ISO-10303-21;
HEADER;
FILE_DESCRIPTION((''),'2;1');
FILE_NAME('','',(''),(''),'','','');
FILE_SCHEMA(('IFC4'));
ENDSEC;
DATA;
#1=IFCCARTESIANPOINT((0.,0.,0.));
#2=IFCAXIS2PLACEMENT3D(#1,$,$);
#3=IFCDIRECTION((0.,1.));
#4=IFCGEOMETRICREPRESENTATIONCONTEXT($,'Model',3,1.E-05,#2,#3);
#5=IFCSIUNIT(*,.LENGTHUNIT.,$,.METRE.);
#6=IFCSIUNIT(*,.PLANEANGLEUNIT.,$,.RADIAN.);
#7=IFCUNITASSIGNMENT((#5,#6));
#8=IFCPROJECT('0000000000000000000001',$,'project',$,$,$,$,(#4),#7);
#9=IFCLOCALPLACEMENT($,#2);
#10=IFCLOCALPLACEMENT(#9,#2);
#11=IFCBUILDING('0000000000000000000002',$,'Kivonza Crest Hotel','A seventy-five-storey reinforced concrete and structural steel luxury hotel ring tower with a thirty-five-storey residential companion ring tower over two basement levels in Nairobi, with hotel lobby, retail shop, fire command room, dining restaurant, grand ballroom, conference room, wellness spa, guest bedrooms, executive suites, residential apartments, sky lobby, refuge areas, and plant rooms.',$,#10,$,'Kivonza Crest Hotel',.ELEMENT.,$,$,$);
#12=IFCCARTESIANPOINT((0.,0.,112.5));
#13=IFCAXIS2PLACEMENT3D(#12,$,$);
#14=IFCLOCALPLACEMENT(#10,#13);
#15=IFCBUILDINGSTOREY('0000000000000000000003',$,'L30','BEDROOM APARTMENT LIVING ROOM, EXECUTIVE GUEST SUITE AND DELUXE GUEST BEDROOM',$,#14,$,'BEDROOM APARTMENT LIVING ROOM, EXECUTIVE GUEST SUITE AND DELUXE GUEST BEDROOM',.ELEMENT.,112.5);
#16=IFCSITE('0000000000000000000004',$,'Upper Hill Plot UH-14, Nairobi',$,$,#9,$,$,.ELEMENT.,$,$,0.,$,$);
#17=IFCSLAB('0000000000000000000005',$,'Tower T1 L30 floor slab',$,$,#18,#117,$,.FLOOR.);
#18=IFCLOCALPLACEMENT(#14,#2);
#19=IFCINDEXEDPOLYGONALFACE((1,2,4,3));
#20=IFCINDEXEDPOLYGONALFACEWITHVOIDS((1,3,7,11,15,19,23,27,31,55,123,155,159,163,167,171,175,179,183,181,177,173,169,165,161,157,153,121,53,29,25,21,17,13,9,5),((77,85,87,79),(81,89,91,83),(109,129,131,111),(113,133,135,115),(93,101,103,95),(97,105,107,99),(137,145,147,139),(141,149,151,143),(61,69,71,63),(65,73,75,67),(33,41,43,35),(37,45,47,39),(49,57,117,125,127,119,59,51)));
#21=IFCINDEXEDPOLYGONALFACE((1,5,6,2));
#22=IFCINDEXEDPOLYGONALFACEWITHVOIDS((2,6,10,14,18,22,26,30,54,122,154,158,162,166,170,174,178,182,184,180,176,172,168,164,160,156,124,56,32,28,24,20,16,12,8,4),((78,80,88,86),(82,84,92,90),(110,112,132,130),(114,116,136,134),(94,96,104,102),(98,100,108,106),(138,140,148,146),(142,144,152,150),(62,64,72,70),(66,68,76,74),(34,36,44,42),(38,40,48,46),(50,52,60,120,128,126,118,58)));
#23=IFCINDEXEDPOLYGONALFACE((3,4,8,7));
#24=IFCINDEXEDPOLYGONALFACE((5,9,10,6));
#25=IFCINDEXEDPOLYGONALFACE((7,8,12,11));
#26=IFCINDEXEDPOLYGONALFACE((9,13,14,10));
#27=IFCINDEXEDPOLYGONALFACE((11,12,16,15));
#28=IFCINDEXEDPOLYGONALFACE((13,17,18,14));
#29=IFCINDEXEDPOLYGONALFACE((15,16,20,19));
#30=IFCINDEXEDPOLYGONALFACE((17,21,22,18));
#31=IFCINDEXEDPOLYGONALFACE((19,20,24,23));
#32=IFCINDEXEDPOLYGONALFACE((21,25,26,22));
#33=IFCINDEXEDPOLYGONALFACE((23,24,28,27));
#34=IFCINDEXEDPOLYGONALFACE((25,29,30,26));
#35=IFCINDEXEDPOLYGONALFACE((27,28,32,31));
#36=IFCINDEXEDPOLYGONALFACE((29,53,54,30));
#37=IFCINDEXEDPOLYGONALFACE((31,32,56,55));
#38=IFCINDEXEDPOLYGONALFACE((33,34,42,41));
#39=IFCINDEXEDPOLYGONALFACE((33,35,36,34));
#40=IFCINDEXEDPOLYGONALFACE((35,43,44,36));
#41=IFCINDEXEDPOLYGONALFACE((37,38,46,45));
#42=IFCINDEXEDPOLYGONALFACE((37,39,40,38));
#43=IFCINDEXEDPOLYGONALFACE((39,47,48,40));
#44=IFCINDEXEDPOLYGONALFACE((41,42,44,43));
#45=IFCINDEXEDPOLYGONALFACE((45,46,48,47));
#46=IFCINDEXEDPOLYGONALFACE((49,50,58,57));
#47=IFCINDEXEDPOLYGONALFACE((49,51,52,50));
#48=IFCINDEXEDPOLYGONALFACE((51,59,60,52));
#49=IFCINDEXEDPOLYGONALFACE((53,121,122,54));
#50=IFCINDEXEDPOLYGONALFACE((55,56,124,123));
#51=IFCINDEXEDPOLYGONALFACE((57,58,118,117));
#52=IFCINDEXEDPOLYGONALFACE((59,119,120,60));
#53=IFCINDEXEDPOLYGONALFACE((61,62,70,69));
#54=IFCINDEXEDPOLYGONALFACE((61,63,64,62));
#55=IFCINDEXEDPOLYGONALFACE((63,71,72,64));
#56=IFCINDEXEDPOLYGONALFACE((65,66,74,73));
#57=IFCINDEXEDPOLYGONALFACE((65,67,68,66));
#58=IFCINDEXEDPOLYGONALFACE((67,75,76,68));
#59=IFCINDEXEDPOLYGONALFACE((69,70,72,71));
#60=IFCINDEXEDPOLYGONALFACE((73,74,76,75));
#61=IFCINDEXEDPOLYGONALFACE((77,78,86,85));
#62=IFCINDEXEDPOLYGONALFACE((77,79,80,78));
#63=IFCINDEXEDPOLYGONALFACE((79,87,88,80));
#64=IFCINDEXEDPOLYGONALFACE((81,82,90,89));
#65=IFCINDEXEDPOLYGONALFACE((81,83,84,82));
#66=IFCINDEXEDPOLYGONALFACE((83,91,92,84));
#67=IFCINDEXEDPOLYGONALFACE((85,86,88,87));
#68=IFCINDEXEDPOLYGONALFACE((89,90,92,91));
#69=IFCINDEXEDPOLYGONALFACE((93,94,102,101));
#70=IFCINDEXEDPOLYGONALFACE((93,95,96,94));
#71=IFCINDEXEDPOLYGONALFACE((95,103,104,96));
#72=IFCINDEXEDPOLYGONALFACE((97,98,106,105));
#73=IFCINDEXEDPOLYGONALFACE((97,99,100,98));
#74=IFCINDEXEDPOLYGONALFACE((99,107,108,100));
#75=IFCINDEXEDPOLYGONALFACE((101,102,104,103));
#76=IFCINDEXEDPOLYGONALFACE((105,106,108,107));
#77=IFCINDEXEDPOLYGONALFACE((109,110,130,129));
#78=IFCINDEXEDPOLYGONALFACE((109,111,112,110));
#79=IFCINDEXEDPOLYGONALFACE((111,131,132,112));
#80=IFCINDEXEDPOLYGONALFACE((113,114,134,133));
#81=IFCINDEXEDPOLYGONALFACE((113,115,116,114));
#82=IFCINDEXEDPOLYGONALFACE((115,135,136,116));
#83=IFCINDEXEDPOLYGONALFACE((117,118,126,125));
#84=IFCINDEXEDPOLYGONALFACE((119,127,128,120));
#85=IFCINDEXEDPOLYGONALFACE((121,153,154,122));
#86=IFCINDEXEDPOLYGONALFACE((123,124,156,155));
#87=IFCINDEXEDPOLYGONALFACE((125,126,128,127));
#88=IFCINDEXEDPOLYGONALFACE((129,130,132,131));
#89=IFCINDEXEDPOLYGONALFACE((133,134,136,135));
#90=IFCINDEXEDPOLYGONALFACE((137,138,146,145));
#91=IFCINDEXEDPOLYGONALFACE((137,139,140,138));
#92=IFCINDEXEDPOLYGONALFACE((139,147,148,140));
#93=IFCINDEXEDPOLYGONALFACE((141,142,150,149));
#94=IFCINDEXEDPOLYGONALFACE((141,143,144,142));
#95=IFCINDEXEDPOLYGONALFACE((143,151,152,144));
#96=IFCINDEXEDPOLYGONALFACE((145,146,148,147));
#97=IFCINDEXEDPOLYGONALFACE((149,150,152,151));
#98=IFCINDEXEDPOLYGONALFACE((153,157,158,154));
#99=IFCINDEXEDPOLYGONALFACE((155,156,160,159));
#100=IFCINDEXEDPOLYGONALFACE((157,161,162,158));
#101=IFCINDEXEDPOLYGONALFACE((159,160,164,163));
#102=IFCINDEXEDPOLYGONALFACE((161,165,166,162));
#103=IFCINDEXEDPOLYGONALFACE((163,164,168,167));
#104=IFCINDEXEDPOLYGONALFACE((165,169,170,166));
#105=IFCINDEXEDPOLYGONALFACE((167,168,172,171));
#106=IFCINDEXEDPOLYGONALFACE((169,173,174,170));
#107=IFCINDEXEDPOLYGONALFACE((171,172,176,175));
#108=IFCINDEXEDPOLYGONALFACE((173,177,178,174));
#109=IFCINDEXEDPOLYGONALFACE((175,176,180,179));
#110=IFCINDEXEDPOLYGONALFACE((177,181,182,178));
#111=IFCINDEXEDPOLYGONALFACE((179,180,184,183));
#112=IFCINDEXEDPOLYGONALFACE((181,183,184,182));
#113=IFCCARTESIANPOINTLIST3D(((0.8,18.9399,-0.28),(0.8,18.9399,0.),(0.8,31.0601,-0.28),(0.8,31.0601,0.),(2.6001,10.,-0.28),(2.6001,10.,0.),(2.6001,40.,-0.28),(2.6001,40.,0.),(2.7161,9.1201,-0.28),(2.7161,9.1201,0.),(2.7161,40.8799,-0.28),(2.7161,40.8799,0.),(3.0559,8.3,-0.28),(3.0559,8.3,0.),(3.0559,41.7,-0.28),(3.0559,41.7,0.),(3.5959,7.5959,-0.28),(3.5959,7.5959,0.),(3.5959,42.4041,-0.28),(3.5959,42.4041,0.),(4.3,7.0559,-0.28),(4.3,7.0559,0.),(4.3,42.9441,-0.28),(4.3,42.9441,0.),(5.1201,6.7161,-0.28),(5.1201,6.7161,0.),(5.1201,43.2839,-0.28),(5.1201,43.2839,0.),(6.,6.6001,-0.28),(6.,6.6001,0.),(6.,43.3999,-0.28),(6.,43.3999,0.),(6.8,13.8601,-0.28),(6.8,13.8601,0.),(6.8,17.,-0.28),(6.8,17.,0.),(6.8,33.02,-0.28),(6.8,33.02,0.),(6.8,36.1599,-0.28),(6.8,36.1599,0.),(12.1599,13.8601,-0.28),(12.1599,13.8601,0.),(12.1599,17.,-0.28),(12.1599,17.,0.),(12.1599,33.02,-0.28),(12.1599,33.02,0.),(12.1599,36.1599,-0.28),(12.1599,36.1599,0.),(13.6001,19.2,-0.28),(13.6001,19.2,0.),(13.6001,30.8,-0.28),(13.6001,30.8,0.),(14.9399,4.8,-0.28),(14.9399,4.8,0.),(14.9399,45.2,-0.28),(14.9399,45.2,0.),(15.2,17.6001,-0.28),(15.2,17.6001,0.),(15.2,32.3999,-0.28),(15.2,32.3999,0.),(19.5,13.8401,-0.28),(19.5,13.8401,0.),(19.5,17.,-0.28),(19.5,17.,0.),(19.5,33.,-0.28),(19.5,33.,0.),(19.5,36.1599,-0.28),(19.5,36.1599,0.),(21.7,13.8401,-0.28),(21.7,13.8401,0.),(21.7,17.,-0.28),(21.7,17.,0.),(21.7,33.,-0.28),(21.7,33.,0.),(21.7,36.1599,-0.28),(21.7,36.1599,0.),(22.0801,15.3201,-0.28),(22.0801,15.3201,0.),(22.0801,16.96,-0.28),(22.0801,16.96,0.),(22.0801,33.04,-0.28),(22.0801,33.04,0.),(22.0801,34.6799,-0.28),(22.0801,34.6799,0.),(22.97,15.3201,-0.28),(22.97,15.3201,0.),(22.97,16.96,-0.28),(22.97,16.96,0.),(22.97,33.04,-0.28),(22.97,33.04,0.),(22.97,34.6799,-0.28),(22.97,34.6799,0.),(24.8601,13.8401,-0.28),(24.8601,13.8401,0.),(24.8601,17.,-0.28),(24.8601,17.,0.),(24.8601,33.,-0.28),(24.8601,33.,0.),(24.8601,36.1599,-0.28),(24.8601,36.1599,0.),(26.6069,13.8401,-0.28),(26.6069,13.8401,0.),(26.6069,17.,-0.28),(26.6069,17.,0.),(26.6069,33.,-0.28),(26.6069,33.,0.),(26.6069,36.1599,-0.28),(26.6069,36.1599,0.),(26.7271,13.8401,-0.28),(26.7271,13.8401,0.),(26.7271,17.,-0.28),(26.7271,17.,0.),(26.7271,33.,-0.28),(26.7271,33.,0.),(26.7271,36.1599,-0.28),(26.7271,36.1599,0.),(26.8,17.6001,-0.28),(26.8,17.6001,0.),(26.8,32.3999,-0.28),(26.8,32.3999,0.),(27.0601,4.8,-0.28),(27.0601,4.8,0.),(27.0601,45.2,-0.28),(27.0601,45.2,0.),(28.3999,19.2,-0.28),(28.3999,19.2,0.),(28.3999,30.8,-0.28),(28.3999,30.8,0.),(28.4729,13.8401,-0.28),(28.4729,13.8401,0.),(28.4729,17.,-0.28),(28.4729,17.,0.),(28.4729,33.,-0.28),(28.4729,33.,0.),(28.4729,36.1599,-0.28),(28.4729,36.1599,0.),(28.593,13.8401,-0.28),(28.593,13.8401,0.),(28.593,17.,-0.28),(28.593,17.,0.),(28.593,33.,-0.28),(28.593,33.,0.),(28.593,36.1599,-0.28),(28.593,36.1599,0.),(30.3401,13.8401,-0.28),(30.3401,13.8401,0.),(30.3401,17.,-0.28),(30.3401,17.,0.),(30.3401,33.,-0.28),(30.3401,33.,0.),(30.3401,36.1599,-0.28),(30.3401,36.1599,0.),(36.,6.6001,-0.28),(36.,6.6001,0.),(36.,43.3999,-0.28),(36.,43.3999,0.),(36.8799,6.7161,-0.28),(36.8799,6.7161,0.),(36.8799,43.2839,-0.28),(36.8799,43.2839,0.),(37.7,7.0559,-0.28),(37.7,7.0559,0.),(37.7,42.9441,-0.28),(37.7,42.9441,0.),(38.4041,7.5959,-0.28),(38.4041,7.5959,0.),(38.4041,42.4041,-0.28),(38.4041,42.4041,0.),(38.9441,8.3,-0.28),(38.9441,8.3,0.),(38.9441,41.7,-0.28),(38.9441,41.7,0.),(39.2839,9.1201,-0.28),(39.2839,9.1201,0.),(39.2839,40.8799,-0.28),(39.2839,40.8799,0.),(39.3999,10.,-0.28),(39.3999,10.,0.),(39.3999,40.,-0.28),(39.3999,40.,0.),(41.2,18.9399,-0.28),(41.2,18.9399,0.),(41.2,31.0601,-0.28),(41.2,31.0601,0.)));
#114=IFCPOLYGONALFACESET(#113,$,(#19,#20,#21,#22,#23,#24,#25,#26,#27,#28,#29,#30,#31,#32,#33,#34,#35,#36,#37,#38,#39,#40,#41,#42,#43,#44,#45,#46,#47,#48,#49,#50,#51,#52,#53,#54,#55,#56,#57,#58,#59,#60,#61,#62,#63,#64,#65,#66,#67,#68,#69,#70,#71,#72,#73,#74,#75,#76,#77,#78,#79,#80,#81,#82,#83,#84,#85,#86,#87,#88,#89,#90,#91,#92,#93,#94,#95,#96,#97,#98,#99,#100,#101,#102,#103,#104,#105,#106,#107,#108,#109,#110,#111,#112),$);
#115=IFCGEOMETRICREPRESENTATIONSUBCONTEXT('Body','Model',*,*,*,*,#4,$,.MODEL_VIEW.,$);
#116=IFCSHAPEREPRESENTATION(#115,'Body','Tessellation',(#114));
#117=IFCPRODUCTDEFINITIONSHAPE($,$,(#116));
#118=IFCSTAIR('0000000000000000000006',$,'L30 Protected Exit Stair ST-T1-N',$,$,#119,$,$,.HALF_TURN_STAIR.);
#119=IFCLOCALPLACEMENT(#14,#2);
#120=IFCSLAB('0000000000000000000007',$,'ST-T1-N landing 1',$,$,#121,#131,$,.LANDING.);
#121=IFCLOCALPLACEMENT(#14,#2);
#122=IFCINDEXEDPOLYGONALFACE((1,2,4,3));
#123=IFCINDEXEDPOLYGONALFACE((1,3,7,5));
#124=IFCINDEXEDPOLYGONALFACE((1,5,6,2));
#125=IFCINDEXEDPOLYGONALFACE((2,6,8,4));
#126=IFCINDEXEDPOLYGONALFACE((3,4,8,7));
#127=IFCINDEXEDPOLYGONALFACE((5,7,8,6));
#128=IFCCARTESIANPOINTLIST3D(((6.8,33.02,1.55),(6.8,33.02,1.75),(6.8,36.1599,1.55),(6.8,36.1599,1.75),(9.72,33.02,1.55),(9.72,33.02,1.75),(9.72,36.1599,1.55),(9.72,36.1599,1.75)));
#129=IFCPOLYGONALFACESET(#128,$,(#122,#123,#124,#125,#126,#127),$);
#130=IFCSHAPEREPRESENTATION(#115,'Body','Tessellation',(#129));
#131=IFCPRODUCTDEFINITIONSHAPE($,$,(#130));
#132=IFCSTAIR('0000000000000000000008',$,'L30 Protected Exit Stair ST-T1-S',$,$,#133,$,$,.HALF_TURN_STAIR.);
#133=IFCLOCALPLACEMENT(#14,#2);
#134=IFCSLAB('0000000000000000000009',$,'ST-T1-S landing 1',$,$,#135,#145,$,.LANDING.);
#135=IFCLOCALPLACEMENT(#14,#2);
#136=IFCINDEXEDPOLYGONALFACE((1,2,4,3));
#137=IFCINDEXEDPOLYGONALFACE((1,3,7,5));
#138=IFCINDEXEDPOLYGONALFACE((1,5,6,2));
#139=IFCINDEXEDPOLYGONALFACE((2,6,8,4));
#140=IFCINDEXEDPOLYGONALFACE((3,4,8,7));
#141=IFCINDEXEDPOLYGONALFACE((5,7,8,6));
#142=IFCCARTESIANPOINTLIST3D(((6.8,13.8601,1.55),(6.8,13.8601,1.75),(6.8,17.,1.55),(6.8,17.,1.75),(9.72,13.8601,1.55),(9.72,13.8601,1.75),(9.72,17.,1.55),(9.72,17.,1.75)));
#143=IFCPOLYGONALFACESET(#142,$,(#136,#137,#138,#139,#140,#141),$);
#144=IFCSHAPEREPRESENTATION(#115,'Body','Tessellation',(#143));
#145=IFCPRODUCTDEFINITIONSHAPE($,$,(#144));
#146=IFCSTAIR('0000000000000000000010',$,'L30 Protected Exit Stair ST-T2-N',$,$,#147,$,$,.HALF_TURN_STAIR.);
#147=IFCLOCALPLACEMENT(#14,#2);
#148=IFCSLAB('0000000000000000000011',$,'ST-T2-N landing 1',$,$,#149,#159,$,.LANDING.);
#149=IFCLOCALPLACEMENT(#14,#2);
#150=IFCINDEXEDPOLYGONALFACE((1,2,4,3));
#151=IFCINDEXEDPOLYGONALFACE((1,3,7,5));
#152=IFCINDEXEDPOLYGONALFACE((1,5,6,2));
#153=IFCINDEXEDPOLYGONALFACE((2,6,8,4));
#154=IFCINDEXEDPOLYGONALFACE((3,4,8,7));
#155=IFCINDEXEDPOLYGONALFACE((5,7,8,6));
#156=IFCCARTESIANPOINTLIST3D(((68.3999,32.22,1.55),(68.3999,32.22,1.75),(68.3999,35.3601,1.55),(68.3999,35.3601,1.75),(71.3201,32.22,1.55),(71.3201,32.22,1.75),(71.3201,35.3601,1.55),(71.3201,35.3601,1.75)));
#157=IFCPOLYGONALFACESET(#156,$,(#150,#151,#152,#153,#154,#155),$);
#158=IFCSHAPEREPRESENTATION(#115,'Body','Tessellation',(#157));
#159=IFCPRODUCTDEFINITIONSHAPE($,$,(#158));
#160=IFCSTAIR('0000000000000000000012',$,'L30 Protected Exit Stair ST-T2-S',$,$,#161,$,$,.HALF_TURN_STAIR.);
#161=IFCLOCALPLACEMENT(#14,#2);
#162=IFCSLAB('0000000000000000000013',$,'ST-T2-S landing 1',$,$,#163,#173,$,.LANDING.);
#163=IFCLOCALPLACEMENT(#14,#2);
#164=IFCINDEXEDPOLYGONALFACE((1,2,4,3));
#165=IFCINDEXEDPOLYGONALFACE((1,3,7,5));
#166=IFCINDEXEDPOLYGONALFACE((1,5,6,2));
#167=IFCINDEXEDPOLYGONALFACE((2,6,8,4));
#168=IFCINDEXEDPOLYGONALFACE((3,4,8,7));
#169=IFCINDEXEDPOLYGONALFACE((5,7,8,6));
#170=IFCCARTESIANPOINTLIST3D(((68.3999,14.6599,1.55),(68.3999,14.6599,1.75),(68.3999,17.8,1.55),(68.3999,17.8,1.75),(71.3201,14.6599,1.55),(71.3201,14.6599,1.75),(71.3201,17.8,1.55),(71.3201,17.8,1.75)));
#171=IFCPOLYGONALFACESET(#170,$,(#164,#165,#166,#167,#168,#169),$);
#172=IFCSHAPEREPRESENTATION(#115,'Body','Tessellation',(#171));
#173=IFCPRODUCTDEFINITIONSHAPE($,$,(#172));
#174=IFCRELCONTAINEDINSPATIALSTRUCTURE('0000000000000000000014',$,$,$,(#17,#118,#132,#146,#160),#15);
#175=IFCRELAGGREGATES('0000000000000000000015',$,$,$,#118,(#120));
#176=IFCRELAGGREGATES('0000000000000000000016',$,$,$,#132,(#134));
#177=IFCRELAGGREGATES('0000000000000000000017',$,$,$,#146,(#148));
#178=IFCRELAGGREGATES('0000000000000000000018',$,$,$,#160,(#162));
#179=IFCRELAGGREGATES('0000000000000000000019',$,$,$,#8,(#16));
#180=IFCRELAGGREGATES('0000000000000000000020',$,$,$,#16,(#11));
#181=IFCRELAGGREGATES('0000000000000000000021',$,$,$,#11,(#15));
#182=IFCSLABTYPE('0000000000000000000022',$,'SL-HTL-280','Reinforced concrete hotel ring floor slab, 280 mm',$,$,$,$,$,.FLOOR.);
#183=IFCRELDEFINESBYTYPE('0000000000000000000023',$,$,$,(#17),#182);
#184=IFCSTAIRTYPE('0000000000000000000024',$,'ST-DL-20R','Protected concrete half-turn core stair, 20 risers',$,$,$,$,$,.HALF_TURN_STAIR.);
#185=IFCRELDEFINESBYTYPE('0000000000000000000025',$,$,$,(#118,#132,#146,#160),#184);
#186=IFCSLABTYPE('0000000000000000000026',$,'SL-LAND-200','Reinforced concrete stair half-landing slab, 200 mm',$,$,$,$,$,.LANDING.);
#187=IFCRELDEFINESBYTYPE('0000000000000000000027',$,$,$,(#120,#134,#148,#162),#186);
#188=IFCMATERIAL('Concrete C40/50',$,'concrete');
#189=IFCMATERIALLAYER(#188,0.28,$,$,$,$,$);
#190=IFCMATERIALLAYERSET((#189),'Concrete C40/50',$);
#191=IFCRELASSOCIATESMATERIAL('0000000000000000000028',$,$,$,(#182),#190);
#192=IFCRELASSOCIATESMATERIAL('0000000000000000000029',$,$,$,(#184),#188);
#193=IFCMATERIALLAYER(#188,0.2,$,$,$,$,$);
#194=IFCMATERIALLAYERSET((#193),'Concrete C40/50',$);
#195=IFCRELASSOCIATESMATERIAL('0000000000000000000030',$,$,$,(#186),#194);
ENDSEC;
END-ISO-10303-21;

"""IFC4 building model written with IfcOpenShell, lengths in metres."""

from ifc_helpers import new_model, si_unit, direction, frame, origin, place, context, subcontext, project, spatial, polyline, outline, extrude, material, layer, layer_set, type_object, element, aggregate, save


model = new_model("IFC4")

# Units and contexts
model_context = context("Model", 3, precision=1e-05, world=origin(), true_north=direction((0.0, 1.0)))
body_context = subcontext(model_context, "Body", "Model", "MODEL_VIEW")
ifc_project = project(units=[si_unit("LENGTHUNIT", "METRE"), si_unit("PLANEANGLEUNIT", "RADIAN")], contexts=[model_context])

# Site, building, storey
site_placement = place(None, origin())
site = spatial("IfcSite", under=ifc_project, at=site_placement, Name="Upper Hill Plot UH-14, Nairobi", CompositionType="ELEMENT", RefElevation=0.0)
building_placement = place(site_placement, origin())
building = spatial("IfcBuilding", under=site, at=building_placement, Name="Kivonza Crest Hotel", Description="A seventy-five-storey reinforced concrete and structural steel luxury hotel ring tower with a thirty-five-storey residential companion ring tower over two basement levels in Nairobi, with hotel lobby, retail shop, fire command room, dining restaurant, grand ballroom, conference room, wellness spa, guest bedrooms, executive suites, residential apartments, sky lobby, refuge areas, and plant rooms.", LongName="Kivonza Crest Hotel", CompositionType="ELEMENT")
storey_placement = place(building_placement, frame((0.0, 0.0, 112.5)))
storey = spatial("IfcBuildingStorey", under=building, at=storey_placement, Name="L30", Description="BEDROOM APARTMENT LIVING ROOM, EXECUTIVE GUEST SUITE AND DELUXE GUEST BEDROOM", LongName="BEDROOM APARTMENT LIVING ROOM, EXECUTIVE GUEST SUITE AND DELUXE GUEST BEDROOM", CompositionType="ELEMENT", Elevation=112.5)

# Slab
ifc_material_1 = material(Name="Concrete C40/50", Category="concrete")
ifc_layer_1 = layer(ifc_material_1, 0.28)
ifc_layer_set_1 = layer_set([ifc_layer_1], Name="Concrete C40/50")
slab_type_1 = type_object("IfcSlabType", Name="SL-HTL-280", Description="Reinforced concrete hotel ring floor slab, 280 mm", PredefinedType="FLOOR", material=ifc_layer_set_1)
slab_1_placement = place(storey_placement, frame((0.0, 0.0, -0.28)))
element("IfcSlab", 1, at=slab_1_placement, inside=storey, type_object=slab_type_1, Name="Tower T1 L30 floor slab", PredefinedType="FLOOR", context=body_context, shape_type="SweptSolid", body=[
    extrude(outline(polyline([(2.6001, 10.0), (2.7161, 9.1201), (3.0559, 8.3), (3.5959, 7.5959), (4.3, 7.0559), (5.1201, 6.7161), (6.0, 6.6001), (14.9399, 4.8), (27.0601, 4.8), (36.0, 6.6001), (36.8799, 6.7161), (37.7, 7.0559), (38.4041, 7.5959), (38.9441, 8.3), (39.2839, 9.1201), (39.3999, 10.0), (41.2, 18.9399), (41.2, 31.0601), (39.3999, 40.0), (39.2839, 40.8799), (38.9441, 41.7), (38.4041, 42.4041), (37.7, 42.9441), (36.8799, 43.2839), (36.0, 43.3999), (27.0601, 45.2), (14.9399, 45.2), (6.0, 43.3999), (5.1201, 43.2839), (4.3, 42.9441), (3.5959, 42.4041), (3.0559, 41.7), (2.7161, 40.8799), (2.6001, 40.0), (0.8, 31.0601), (0.8, 18.9399), (2.6001, 10.0)]), holes=[polyline([(15.2, 17.6001), (26.8, 17.6001), (28.3999, 19.2), (28.3999, 30.8), (26.8, 32.3999), (15.2, 32.3999), (13.6001, 30.8), (13.6001, 19.2), (15.2, 17.6001)]), polyline([(6.8, 33.02), (12.1599, 33.02), (12.1599, 36.1599), (6.8, 36.1599), (6.8, 33.02)]), polyline([(6.8, 13.8601), (12.1599, 13.8601), (12.1599, 17.0), (6.8, 17.0), (6.8, 13.8601)]), polyline([(22.0801, 33.04), (22.97, 33.04), (22.97, 34.6799), (22.0801, 34.6799), (22.0801, 33.04)]), polyline([(22.0801, 15.3201), (22.97, 15.3201), (22.97, 16.96), (22.0801, 16.96), (22.0801, 15.3201)]), polyline([(19.5, 33.0), (21.7, 33.0), (21.7, 36.1599), (19.5, 36.1599), (19.5, 33.0)]), polyline([(24.8601, 33.0), (26.6069, 33.0), (26.6069, 36.1599), (24.8601, 36.1599), (24.8601, 33.0)]), polyline([(26.7271, 33.0), (28.4729, 33.0), (28.4729, 36.1599), (26.7271, 36.1599), (26.7271, 33.0)]), polyline([(28.593, 33.0), (30.3401, 33.0), (30.3401, 36.1599), (28.593, 36.1599), (28.593, 33.0)]), polyline([(19.5, 13.8401), (21.7, 13.8401), (21.7, 17.0), (19.5, 17.0), (19.5, 13.8401)]), polyline([(24.8601, 13.8401), (26.6069, 13.8401), (26.6069, 17.0), (24.8601, 17.0), (24.8601, 13.8401)]), polyline([(26.7271, 13.8401), (28.4729, 13.8401), (28.4729, 17.0), (26.7271, 17.0), (26.7271, 13.8401)]), polyline([(28.593, 13.8401), (30.3401, 13.8401), (30.3401, 17.0), (28.593, 17.0), (28.593, 13.8401)])]), origin(), (0.0, 0.0, 1.0), 0.28),
])

# Stairs, slabs
stair_type = type_object("IfcStairType", Name="ST-DL-20R", Description="Protected concrete half-turn core stair, 20 risers", PredefinedType="HALF_TURN_STAIR", material=ifc_material_1)
stair_1_placement = place(storey_placement, origin())
stair_1 = element("IfcStair", 2, at=stair_1_placement, inside=storey, type_object=stair_type, Name="L30 Protected Exit Stair ST-T1-N", PredefinedType="HALF_TURN_STAIR")
ifc_layer_2 = layer(ifc_material_1, 0.2)
ifc_layer_set_2 = layer_set([ifc_layer_2], Name="Concrete C40/50")
slab_type_2 = type_object("IfcSlabType", Name="SL-LAND-200", Description="Reinforced concrete stair half-landing slab, 200 mm", PredefinedType="LANDING", material=ifc_layer_set_2)
slab_2_placement = place(storey_placement, frame((0.0, 0.0, 1.55)))
slab_2 = element("IfcSlab", 3, at=slab_2_placement, type_object=slab_type_2, Name="ST-T1-N landing 1", PredefinedType="LANDING", context=body_context, shape_type="SweptSolid", body=[
    extrude(outline(polyline([(9.72, 36.1599), (6.8, 36.1599), (6.8, 33.02), (9.72, 33.02), (9.72, 36.1599)])), origin(), (0.0, 0.0, 1.0), 0.2),
])
aggregate(stair_1, [slab_2])
stair_2_placement = place(storey_placement, origin())
stair_2 = element("IfcStair", 4, at=stair_2_placement, inside=storey, type_object=stair_type, Name="L30 Protected Exit Stair ST-T1-S", PredefinedType="HALF_TURN_STAIR")
slab_3_placement = place(storey_placement, frame((0.0, 0.0, 1.55)))
slab_3 = element("IfcSlab", 5, at=slab_3_placement, type_object=slab_type_2, Name="ST-T1-S landing 1", PredefinedType="LANDING", context=body_context, shape_type="SweptSolid", body=[
    extrude(outline(polyline([(9.72, 17.0), (6.8, 17.0), (6.8, 13.8601), (9.72, 13.8601), (9.72, 17.0)])), origin(), (0.0, 0.0, 1.0), 0.2),
])
aggregate(stair_2, [slab_3])
stair_3_placement = place(storey_placement, origin())
stair_3 = element("IfcStair", 6, at=stair_3_placement, inside=storey, type_object=stair_type, Name="L30 Protected Exit Stair ST-T2-N", PredefinedType="HALF_TURN_STAIR")
slab_4_placement = place(storey_placement, frame((0.0, 0.0, 1.55)))
slab_4 = element("IfcSlab", 7, at=slab_4_placement, type_object=slab_type_2, Name="ST-T2-N landing 1", PredefinedType="LANDING", context=body_context, shape_type="SweptSolid", body=[
    extrude(outline(polyline([(71.3201, 35.3601), (68.3999, 35.3601), (68.3999, 32.22), (71.3201, 32.22), (71.3201, 35.3601)])), origin(), (0.0, 0.0, 1.0), 0.2),
])
aggregate(stair_3, [slab_4])
stair_4_placement = place(storey_placement, origin())
stair_4 = element("IfcStair", 8, at=stair_4_placement, inside=storey, type_object=stair_type, Name="L30 Protected Exit Stair ST-T2-S", PredefinedType="HALF_TURN_STAIR")
slab_5_placement = place(storey_placement, frame((0.0, 0.0, 1.55)))
slab_5 = element("IfcSlab", 9, at=slab_5_placement, type_object=slab_type_2, Name="ST-T2-S landing 1", PredefinedType="LANDING", context=body_context, shape_type="SweptSolid", body=[
    extrude(outline(polyline([(71.3201, 17.8), (68.3999, 17.8), (68.3999, 14.6599), (71.3201, 14.6599), (71.3201, 17.8)])), origin(), (0.0, 0.0, 1.0), 0.2),
])
aggregate(stair_4, [slab_5])

save(model, "model.ifc")
